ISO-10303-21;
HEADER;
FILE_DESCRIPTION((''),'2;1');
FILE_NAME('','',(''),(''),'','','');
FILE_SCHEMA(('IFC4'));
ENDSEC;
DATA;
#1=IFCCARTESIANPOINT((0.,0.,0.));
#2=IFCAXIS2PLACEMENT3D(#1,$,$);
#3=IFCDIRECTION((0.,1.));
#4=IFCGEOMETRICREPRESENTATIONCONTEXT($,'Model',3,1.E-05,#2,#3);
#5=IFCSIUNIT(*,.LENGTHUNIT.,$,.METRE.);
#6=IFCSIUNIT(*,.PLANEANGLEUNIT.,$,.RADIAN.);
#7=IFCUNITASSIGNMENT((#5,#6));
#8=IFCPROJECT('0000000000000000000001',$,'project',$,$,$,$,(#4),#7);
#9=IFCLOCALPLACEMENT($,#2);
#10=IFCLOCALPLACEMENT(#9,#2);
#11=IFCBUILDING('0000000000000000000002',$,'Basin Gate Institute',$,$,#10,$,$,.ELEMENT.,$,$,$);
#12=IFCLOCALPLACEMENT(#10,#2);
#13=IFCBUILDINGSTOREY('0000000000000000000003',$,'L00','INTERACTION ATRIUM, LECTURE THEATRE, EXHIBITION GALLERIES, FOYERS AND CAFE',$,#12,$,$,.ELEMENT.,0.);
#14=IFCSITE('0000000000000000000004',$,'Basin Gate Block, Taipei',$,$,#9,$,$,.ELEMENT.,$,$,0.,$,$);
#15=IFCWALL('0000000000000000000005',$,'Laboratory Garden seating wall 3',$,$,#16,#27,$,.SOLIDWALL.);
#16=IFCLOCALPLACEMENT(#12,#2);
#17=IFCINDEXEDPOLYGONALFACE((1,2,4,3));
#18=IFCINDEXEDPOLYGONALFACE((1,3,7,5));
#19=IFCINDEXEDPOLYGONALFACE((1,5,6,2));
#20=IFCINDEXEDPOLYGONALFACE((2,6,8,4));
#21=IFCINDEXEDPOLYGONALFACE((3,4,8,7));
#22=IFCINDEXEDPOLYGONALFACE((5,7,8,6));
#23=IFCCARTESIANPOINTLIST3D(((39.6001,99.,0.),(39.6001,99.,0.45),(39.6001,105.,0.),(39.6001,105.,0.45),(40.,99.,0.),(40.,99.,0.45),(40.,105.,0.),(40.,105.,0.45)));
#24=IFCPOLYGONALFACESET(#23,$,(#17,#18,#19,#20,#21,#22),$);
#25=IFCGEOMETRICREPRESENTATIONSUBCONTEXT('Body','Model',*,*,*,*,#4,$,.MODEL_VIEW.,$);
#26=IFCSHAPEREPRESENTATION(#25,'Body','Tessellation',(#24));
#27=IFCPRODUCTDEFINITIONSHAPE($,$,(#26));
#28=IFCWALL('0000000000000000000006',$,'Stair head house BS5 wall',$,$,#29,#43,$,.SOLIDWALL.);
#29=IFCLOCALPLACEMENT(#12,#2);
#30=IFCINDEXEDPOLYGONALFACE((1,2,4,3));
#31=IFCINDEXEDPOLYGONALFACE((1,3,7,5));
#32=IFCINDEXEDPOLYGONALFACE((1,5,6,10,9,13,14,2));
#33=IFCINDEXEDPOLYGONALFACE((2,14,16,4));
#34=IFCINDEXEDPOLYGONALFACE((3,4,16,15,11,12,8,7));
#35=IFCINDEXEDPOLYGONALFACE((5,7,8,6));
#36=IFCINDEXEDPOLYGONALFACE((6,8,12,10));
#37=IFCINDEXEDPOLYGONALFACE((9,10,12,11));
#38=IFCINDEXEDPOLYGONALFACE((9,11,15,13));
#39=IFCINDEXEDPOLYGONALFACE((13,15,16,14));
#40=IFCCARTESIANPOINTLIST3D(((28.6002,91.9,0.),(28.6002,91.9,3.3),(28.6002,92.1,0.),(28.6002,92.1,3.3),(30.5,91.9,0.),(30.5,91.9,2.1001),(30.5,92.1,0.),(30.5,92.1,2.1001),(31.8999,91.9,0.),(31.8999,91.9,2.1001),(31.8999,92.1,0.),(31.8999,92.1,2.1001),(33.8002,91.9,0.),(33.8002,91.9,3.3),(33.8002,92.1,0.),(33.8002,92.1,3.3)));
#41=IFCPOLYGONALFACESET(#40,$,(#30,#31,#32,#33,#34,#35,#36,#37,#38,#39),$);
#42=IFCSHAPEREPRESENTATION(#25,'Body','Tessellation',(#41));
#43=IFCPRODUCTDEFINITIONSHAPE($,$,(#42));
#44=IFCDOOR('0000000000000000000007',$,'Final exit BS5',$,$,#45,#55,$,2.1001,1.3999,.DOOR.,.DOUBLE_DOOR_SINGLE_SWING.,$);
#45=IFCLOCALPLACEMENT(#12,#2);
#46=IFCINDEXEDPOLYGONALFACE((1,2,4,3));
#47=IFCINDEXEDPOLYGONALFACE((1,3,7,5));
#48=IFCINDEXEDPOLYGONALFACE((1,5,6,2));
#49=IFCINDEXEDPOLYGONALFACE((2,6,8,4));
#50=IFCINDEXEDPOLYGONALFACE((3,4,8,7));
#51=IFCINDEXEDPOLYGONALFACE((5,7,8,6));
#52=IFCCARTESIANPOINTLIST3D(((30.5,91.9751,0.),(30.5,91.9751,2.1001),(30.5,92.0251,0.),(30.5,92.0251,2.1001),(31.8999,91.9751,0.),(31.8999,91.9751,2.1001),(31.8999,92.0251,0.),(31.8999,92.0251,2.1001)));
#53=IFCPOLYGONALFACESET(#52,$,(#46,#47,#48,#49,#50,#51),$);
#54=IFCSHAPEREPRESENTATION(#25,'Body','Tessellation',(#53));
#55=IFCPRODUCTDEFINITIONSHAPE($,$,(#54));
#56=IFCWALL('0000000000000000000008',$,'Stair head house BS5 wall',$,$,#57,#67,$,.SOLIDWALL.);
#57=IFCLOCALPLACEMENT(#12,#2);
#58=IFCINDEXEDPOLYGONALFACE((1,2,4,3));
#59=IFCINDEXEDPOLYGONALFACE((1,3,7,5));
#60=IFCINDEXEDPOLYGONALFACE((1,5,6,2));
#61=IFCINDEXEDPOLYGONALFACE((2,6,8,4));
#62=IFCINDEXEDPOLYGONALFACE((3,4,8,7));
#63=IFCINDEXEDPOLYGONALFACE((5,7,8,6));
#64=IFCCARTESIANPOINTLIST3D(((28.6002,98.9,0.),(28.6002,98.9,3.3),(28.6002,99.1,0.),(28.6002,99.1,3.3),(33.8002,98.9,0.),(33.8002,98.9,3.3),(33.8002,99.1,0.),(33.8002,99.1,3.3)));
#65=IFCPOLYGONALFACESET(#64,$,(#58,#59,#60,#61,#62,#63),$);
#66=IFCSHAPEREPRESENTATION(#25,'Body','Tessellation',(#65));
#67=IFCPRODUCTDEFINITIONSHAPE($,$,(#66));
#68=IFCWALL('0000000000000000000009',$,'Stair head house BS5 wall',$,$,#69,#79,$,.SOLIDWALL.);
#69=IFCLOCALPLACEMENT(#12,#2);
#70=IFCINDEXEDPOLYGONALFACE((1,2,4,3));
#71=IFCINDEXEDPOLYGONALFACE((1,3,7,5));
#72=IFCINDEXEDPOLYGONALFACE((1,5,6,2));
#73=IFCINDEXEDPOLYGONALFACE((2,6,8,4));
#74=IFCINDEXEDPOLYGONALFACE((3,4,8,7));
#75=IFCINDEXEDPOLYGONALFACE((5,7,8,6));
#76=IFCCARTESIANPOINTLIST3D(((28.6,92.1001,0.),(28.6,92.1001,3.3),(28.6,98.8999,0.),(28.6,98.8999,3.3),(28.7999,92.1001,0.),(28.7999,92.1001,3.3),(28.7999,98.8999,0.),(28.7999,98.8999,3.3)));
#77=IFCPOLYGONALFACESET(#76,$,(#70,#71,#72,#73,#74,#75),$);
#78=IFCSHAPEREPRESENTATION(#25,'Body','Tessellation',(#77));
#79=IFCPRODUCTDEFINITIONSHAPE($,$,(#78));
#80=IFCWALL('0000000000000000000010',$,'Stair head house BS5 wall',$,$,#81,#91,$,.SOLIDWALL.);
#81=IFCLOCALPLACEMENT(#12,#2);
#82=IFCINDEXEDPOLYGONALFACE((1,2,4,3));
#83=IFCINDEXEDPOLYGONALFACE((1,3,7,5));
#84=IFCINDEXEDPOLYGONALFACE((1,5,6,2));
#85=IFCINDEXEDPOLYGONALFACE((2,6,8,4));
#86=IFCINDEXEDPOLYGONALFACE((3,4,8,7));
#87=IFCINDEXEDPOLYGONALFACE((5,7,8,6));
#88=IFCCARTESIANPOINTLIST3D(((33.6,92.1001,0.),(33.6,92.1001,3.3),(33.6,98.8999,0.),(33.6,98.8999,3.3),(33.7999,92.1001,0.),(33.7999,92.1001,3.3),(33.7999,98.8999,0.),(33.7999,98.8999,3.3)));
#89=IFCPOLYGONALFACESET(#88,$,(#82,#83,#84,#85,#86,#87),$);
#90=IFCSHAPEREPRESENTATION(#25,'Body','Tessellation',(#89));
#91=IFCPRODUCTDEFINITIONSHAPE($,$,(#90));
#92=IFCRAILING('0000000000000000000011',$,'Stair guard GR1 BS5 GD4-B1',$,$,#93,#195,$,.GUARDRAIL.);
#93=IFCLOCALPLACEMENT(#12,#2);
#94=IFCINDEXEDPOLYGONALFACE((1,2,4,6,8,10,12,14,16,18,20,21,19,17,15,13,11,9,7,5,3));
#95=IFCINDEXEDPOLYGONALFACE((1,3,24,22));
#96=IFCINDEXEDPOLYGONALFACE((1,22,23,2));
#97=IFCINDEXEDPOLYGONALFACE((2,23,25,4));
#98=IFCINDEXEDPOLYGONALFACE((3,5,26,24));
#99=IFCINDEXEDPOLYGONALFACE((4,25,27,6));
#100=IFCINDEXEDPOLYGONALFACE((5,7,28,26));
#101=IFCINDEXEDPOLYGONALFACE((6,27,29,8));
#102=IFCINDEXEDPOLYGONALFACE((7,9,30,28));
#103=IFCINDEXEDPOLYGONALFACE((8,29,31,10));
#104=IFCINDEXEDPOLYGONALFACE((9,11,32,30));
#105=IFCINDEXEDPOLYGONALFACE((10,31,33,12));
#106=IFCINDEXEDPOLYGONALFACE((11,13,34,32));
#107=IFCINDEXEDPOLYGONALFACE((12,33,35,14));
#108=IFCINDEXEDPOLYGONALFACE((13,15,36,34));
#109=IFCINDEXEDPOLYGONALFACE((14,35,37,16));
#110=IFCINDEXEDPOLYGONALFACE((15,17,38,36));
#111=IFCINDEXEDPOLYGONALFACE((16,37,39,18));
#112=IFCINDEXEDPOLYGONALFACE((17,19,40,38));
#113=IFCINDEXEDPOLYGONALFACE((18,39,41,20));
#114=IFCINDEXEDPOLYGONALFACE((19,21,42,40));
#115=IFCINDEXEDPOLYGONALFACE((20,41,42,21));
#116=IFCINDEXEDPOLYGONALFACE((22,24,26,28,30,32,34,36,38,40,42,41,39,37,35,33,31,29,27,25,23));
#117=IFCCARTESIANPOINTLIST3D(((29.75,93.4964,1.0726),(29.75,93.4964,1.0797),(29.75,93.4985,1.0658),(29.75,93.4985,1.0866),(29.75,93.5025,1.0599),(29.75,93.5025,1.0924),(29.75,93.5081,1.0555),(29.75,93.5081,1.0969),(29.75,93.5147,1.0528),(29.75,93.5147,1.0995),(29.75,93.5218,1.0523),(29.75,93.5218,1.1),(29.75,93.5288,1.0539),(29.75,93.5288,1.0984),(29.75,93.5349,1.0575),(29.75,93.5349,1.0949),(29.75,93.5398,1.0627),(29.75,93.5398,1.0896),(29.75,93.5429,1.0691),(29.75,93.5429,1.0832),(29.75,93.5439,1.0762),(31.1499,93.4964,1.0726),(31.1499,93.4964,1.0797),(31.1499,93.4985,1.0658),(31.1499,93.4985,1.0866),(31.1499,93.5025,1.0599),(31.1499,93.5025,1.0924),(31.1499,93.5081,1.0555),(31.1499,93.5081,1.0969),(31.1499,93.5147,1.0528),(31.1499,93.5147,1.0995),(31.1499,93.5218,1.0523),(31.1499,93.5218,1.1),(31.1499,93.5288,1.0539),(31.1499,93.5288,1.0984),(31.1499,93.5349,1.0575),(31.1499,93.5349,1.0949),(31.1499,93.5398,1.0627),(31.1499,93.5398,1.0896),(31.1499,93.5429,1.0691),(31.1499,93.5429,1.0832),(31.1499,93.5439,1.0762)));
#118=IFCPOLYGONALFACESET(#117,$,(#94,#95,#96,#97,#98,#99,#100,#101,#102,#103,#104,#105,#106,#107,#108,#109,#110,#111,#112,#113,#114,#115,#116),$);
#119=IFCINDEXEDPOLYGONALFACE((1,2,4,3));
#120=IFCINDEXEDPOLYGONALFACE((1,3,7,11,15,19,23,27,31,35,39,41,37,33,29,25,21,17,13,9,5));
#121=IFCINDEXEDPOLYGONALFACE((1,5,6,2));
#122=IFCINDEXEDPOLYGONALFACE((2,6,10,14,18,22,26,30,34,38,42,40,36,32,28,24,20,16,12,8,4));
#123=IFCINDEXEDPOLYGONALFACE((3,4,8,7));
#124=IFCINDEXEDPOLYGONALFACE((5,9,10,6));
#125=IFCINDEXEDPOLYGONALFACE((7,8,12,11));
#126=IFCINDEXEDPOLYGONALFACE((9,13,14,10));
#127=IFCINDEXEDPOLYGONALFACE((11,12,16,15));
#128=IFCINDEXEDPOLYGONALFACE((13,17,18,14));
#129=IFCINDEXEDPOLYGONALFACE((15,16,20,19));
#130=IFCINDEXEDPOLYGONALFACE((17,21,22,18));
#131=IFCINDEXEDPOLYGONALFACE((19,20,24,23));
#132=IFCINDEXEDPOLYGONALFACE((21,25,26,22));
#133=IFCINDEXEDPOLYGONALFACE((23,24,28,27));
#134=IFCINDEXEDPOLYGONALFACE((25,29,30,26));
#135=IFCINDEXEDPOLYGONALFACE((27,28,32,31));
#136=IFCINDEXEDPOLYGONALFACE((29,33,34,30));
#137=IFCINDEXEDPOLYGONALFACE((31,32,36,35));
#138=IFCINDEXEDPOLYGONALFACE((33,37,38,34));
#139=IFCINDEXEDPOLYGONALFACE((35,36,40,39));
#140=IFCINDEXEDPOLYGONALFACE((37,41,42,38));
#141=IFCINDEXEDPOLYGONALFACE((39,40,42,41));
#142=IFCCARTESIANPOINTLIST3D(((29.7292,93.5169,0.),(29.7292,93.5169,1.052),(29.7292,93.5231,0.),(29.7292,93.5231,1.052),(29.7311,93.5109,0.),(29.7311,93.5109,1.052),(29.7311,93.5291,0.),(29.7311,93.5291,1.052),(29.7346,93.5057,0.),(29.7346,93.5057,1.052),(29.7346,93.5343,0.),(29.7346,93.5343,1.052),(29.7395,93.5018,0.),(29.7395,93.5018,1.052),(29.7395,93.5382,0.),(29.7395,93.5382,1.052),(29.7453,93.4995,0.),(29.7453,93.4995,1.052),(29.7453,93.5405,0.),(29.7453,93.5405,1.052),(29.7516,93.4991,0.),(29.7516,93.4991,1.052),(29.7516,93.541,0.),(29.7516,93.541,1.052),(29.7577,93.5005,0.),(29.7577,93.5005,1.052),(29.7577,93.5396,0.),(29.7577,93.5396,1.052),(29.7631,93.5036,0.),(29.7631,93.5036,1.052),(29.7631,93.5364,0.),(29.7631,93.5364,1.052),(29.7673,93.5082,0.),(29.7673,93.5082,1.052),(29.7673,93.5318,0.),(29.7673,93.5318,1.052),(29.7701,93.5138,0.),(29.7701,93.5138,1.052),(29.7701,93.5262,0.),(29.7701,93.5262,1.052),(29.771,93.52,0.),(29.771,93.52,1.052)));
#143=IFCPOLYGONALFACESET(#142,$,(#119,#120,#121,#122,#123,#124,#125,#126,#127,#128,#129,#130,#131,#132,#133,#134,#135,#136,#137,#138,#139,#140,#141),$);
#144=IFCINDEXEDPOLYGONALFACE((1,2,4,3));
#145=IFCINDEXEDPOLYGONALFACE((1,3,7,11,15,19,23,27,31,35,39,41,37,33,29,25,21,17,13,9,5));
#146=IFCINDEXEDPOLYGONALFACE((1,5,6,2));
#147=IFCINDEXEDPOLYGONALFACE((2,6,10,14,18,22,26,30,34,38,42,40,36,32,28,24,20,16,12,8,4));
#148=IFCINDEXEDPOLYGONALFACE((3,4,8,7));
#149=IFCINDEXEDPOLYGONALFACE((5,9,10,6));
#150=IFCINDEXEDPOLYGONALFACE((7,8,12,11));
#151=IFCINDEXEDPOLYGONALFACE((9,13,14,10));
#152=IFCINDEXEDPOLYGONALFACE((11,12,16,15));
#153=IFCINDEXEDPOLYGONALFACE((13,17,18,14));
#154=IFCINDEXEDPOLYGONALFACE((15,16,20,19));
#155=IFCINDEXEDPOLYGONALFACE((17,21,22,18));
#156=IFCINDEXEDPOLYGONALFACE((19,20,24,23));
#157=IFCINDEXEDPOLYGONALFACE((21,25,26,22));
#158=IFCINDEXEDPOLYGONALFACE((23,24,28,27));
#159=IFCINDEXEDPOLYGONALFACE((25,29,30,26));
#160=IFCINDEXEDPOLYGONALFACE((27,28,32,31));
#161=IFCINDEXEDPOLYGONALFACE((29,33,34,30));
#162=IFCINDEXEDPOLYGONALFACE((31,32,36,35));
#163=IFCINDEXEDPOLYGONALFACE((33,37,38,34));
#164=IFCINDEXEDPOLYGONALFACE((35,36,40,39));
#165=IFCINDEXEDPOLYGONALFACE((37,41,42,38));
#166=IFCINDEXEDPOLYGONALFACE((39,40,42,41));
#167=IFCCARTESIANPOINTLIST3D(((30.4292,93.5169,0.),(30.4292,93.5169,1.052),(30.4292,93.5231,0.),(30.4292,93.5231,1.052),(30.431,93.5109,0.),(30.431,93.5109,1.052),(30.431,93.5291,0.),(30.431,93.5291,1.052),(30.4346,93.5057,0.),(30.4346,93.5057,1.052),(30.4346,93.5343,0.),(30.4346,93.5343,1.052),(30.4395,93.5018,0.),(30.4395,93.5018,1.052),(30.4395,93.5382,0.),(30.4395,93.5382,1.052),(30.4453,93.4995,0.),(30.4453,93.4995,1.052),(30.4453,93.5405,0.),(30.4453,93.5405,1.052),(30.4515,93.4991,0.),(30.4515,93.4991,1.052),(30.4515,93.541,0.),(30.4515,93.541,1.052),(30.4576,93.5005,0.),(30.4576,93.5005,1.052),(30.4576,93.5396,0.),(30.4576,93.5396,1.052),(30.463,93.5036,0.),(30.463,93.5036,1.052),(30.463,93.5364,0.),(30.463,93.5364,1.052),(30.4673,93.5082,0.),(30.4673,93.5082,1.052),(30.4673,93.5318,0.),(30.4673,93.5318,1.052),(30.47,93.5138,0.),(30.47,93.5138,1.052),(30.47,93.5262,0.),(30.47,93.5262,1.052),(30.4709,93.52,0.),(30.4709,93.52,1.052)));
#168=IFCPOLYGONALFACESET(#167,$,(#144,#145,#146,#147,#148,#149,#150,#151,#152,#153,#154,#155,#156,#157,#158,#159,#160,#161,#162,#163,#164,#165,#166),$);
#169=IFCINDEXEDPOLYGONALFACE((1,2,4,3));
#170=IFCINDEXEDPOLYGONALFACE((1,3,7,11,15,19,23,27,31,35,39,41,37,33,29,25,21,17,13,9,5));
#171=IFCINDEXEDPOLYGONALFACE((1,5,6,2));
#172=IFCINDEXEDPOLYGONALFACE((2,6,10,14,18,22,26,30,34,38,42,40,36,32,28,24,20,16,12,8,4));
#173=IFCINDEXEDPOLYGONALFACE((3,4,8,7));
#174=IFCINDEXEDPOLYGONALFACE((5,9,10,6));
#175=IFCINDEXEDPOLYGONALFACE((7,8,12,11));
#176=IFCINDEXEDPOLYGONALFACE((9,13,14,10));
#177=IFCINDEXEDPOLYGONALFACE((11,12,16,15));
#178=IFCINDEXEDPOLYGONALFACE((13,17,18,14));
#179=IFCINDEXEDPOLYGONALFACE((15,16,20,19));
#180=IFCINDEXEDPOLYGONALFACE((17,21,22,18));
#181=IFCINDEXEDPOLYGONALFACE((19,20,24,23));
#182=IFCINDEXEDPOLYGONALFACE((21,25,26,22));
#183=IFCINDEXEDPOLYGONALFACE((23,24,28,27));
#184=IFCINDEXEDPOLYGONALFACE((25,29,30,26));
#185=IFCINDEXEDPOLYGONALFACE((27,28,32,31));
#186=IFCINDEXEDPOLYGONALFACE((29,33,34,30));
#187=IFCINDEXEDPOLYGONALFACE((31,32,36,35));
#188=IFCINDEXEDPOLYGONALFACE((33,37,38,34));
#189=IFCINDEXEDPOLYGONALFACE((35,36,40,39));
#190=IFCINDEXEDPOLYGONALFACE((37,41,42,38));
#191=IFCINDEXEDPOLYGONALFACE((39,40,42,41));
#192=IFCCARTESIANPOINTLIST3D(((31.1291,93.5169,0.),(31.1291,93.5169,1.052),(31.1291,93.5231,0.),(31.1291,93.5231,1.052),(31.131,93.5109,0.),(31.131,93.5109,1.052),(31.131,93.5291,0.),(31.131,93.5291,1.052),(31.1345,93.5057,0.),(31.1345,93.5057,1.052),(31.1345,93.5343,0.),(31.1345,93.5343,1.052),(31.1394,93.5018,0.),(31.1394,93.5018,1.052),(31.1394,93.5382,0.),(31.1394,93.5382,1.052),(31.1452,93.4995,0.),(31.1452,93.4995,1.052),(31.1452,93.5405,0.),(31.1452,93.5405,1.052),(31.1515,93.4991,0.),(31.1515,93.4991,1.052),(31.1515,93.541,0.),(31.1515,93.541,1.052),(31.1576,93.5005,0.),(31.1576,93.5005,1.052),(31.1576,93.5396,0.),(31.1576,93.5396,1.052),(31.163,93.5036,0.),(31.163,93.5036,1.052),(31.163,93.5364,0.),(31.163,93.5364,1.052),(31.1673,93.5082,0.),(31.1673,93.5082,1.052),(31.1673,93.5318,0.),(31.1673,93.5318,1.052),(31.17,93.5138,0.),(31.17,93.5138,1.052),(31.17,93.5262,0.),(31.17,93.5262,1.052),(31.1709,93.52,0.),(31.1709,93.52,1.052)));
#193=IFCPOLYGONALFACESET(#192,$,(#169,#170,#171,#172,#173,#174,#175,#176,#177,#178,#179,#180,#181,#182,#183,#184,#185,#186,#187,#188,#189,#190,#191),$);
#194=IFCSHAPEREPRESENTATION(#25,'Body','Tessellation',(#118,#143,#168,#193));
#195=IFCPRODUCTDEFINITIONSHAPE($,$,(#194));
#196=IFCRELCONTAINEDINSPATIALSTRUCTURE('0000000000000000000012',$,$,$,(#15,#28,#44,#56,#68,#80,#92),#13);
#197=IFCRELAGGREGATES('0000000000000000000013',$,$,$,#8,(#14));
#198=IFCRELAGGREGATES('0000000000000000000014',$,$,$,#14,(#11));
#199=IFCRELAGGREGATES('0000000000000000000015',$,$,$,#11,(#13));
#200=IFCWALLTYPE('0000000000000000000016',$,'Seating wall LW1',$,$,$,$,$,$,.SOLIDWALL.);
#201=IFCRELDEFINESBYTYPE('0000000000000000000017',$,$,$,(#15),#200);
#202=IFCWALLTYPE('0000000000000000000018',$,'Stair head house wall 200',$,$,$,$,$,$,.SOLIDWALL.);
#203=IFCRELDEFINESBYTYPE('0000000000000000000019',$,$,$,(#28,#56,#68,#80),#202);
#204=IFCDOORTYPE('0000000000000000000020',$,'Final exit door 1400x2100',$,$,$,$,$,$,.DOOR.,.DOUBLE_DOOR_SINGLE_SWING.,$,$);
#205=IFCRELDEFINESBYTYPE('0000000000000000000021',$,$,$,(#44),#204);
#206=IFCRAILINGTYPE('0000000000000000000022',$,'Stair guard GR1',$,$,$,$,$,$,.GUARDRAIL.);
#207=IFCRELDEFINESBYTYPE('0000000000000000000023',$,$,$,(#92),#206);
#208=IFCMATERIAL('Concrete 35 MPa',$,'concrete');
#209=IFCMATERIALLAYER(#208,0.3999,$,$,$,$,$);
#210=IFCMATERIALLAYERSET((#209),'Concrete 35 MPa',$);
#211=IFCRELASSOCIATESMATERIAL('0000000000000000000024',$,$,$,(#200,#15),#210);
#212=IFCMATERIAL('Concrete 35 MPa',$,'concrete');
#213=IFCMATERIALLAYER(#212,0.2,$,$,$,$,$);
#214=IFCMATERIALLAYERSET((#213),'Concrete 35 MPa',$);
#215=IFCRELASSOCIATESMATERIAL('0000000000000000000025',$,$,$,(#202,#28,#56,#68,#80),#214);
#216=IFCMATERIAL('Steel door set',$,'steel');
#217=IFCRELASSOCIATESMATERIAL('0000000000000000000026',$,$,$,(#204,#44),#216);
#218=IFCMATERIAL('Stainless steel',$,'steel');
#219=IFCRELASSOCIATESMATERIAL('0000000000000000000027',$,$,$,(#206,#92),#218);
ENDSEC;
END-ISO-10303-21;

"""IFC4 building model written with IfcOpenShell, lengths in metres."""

from ifc_helpers import new_model, si_unit, direction, frame, frame_2d, origin, origin_2d, place, context, subcontext, project, spatial, rectangle, circle, extrude, material, layer, layer_set, type_object, element, fill, save


model = new_model("IFC4")

# Units and contexts
model_context = context("Model", 3, precision=1e-05, world=origin(), true_north=direction((0.0, 1.0)))
body_context = subcontext(model_context, "Body", "Model", "MODEL_VIEW")
ifc_project = project(units=[si_unit("LENGTHUNIT", "METRE"), si_unit("PLANEANGLEUNIT", "RADIAN")], contexts=[model_context])

# Site, building, storey
site_placement = place(None, origin())
site = spatial("IfcSite", under=ifc_project, at=site_placement, Name="Basin Gate Block, Taipei", CompositionType="ELEMENT", RefElevation=0.0)
building_placement = place(site_placement, origin())
building = spatial("IfcBuilding", under=site, at=building_placement, Name="Basin Gate Institute", CompositionType="ELEMENT")
storey_placement = place(building_placement, origin())
storey = spatial("IfcBuildingStorey", under=building, at=storey_placement, Name="L00", Description="INTERACTION ATRIUM, LECTURE THEATRE, EXHIBITION GALLERIES, FOYERS AND CAFE", CompositionType="ELEMENT", Elevation=0.0)

# Wall
ifc_material_1 = material(Name="Concrete 35 MPa", Category="concrete")
ifc_layer_1 = layer(ifc_material_1, 0.3999)
ifc_layer_set_1 = layer_set([ifc_layer_1], Name="Concrete 35 MPa")
wall_type_1 = type_object("IfcWallType", Name="Seating wall LW1", PredefinedType="SOLIDWALL", material=ifc_layer_set_1)
wall_1_placement = place(storey_placement, frame((39.8, 99.0, 0.0), z_axis=(0.0, 0.0, 1.0), x_axis=(0.0, 1.0, 0.0)))
element("IfcWall", 1, at=wall_1_placement, inside=storey, type_object=wall_type_1, material=ifc_layer_set_1, Name="Laboratory Garden seating wall 3", PredefinedType="SOLIDWALL", context=body_context, shape_type="SweptSolid", body=[
    extrude(rectangle(XDim=6.0, YDim=0.3999, at=frame_2d((3.0, 0.0))), origin(), (0.0, 0.0, 1.0), 0.45),
])

# Wall, opening, door
ifc_material_2 = material(Name="Concrete 35 MPa", Category="concrete")
ifc_layer_2 = layer(ifc_material_2, 0.2)
ifc_layer_set_2 = layer_set([ifc_layer_2], Name="Concrete 35 MPa")
wall_type_2 = type_object("IfcWallType", Name="Stair head house wall 200", PredefinedType="SOLIDWALL", material=ifc_layer_set_2)
wall_2_placement = place(storey_placement, frame((28.6001, 92.0, 0.0), z_axis=(0.0, 0.0, 1.0), x_axis=(1.0, 0.0, 0.0)))
wall_2 = element("IfcWall", 2, at=wall_2_placement, inside=storey, type_object=wall_type_2, material=ifc_layer_set_2, Name="Stair head house BS5 wall", PredefinedType="SOLIDWALL", context=body_context, shape_type="SweptSolid", body=[
    extrude(rectangle(XDim=5.2, YDim=0.2, at=frame_2d((2.6001, 0.0))), origin(), (0.0, 0.0, 1.0), 3.3),
])
opening_placement = place(wall_2_placement, frame((1.8999, 0.0, 0.0)))
opening = element("IfcOpeningElement", 3, at=opening_placement, cuts=wall_2, PredefinedType="OPENING", context=body_context, shape_type="SweptSolid", body=[
    extrude(rectangle(XDim=1.3999, YDim=2.1001, at=frame_2d((0.7, 1.05))), frame((0.0, 0.1099, 0.0), z_axis=(0.0, -1.0, 0.0), x_axis=(1.0, 0.0, 0.0)), (0.0, 0.0, 1.0), 0.22),
])
ifc_material_3 = material(Name="Steel door set", Category="steel")
door_type = type_object("IfcDoorType", Name="Final exit door 1400x2100", OperationType="DOUBLE_DOOR_SINGLE_SWING", PredefinedType="DOOR", material=ifc_material_3)
door_placement = place(opening_placement, frame((1.3999, 0.0, 0.0), z_axis=(0.0, 0.0, 1.0), x_axis=(-1.0, 0.0, 0.0)))
door = element("IfcDoor", 4, at=door_placement, inside=storey, type_object=door_type, material=ifc_material_3, Name="Final exit BS5", OperationType="DOUBLE_DOOR_SINGLE_SWING", OverallHeight=2.1001, OverallWidth=1.3999, PredefinedType="DOOR", context=body_context, shape_type="SweptSolid", body=[
    extrude(rectangle(XDim=1.3999, YDim=2.1001, at=frame_2d((0.7, 1.05))), frame((0.0, 0.0249, 0.0), z_axis=(0.0, -1.0, 0.0), x_axis=(1.0, 0.0, 0.0)), (0.0, 0.0, 1.0), 0.05),
])
fill(opening, door)

# Walls
wall_3_placement = place(storey_placement, frame((28.6001, 99.0, 0.0), z_axis=(0.0, 0.0, 1.0), x_axis=(1.0, 0.0, 0.0)))
element("IfcWall", 5, at=wall_3_placement, inside=storey, type_object=wall_type_2, material=ifc_layer_set_2, Name="Stair head house BS5 wall", PredefinedType="SOLIDWALL", context=body_context, shape_type="SweptSolid", body=[
    extrude(rectangle(XDim=5.2, YDim=0.2, at=frame_2d((2.6001, 0.0))), origin(), (0.0, 0.0, 1.0), 3.3),
])
for number, where, z_axis, x_axis, name in (
    (6, (28.7, 92.1001, 0.0), (0.0, 0.0, 1.0), (0.0, 1.0, 0.0), "Stair head house BS5 wall"),
    (7, (33.7, 92.1001, 0.0), (0.0, 0.0, 1.0), (0.0, 1.0, 0.0), "Stair head house BS5 wall"),
):
    element("IfcWall", number, at=place(storey_placement, frame(where, z_axis=z_axis, x_axis=x_axis)), inside=storey, type_object=wall_type_2, material=ifc_layer_set_2, Name=name, PredefinedType="SOLIDWALL", context=body_context, shape_type="SweptSolid", body=[
        extrude(rectangle(XDim=6.7998, YDim=0.2, at=frame_2d((3.3999, 0.0))), origin(), (0.0, 0.0, 1.0), 3.3),
    ])

# Railing
ifc_material_4 = material(Name="Stainless steel", Category="steel")
railing_type = type_object("IfcRailingType", Name="Stair guard GR1", PredefinedType="GUARDRAIL", material=ifc_material_4)
railing_1_placement = place(storey_placement, frame((29.75, 93.52, 0.0)))
element("IfcRailing", 8, at=railing_1_placement, inside=storey, type_object=railing_type, material=ifc_material_4, Name="Stair guard GR1 BS5 GD4-B1", PredefinedType="GUARDRAIL", context=body_context, shape_type="SweptSolid", body=[
    extrude(circle(Radius=0.0239, at=origin_2d()), frame((0.0, 0.0, 1.0762), z_axis=(1.0, 0.0, 0.0), x_axis=(0.0, 1.0, 0.0)), (0.0, 0.0, 1.0), 1.3999),
    extrude(circle(Radius=0.021, at=origin_2d()), origin(), (0.0, 0.0, 1.0), 1.052),
    extrude(circle(Radius=0.021, at=origin_2d()), frame((0.7, 0.0, 0.0)), (0.0, 0.0, 1.0), 1.052),
    extrude(circle(Radius=0.021, at=origin_2d()), frame((1.3999, 0.0, 0.0)), (0.0, 0.0, 1.0), 1.052),
])

save(model, "model.ifc")
